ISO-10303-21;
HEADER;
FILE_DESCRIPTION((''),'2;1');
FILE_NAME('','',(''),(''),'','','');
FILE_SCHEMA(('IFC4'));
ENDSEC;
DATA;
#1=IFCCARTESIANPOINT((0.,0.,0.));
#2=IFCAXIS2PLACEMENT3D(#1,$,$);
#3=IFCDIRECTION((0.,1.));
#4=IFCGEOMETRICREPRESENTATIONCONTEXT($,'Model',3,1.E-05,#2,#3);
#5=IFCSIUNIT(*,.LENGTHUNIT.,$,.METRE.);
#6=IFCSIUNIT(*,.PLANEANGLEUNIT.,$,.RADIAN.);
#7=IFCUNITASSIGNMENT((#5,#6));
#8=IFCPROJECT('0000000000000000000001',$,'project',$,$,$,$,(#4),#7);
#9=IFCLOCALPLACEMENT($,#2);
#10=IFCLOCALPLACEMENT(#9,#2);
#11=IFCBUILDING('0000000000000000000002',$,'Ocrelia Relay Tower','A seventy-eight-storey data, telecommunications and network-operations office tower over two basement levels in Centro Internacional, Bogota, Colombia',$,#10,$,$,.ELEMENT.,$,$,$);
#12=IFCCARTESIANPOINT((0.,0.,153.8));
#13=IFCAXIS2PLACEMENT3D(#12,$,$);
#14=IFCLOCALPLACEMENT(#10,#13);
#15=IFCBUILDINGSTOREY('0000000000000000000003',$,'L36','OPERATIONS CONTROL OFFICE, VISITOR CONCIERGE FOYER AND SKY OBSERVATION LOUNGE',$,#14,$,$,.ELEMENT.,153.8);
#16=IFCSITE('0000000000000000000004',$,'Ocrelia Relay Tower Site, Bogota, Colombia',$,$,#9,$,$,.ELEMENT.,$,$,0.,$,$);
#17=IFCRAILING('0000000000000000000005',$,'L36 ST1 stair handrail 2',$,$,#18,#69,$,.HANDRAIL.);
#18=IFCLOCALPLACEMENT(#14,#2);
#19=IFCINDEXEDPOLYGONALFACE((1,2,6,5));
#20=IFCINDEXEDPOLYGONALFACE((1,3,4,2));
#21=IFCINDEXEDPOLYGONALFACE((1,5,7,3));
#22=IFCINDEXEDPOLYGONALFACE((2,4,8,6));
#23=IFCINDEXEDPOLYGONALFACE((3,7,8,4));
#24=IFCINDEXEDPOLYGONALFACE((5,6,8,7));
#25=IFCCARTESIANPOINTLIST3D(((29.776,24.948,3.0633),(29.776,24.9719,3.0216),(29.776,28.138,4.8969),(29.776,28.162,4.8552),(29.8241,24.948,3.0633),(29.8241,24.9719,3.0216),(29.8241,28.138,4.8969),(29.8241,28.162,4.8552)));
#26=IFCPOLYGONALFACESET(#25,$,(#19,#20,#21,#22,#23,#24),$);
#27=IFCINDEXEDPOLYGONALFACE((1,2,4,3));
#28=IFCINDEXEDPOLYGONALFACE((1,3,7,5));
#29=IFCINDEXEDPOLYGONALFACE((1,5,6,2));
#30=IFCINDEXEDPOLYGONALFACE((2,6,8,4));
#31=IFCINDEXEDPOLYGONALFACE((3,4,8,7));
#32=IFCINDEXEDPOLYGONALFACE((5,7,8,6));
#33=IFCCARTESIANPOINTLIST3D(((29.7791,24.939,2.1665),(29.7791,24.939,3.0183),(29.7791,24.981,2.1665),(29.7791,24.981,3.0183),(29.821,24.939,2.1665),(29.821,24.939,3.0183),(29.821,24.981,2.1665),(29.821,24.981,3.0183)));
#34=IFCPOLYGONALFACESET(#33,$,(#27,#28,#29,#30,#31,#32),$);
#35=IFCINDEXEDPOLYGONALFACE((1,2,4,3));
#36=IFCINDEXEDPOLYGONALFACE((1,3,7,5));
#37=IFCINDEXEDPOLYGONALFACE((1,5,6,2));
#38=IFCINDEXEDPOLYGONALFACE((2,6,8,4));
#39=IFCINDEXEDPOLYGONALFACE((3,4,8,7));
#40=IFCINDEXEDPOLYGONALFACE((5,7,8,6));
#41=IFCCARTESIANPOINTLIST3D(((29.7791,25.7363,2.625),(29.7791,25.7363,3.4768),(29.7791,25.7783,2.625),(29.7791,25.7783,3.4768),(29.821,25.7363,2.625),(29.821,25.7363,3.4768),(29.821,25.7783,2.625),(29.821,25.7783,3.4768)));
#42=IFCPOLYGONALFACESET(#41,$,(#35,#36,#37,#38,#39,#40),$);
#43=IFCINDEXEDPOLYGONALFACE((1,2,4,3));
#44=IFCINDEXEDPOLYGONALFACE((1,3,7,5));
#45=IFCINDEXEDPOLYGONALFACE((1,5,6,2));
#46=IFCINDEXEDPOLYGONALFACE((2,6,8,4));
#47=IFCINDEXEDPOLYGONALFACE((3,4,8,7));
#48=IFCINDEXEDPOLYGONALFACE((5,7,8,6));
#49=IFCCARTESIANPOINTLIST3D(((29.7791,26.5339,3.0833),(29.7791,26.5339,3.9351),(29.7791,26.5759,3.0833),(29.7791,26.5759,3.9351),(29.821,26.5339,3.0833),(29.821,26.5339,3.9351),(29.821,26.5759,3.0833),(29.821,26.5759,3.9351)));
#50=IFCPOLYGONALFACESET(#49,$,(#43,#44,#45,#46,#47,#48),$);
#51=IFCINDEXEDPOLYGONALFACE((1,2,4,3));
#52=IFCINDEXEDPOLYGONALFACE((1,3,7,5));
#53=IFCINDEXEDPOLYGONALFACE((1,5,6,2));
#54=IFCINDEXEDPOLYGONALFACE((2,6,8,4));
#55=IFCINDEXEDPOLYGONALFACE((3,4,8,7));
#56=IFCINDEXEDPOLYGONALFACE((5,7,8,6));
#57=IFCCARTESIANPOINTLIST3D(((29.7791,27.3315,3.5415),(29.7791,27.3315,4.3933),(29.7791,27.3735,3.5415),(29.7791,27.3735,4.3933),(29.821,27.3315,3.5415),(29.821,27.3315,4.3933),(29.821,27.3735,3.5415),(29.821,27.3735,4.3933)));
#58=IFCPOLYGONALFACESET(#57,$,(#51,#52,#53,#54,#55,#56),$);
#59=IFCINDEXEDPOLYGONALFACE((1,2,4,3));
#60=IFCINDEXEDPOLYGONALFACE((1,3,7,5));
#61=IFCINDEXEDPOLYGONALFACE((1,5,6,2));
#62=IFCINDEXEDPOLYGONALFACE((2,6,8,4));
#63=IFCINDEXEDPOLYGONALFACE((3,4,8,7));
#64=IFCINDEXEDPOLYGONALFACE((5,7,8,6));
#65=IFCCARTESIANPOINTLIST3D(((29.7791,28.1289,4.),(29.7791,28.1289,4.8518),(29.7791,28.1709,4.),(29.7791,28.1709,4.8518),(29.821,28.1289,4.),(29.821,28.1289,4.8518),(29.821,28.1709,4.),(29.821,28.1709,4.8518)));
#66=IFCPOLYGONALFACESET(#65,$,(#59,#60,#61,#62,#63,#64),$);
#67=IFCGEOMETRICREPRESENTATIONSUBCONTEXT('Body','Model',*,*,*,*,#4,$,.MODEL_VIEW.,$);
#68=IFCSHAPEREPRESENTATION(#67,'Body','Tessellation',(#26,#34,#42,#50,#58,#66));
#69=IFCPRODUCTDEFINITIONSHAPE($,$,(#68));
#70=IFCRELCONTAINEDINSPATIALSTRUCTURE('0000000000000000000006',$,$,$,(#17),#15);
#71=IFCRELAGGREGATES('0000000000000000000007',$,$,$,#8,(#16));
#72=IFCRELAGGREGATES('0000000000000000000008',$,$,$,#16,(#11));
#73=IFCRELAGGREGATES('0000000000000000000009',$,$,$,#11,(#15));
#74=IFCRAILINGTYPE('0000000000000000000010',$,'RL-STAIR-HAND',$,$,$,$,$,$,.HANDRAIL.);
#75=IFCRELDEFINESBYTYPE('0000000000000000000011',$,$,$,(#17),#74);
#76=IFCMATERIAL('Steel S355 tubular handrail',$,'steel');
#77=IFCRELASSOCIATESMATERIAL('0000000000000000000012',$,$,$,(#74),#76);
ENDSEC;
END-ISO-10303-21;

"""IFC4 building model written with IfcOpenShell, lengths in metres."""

from ifc_helpers import new_model, si_unit, direction, frame, origin, origin_2d, place, context, subcontext, project, spatial, rectangle, extrude, material, type_object, element, save


model = new_model("IFC4")

# Units and contexts
model_context = context("Model", 3, precision=1e-05, world=origin(), true_north=direction((0.0, 1.0)))
body_context = subcontext(model_context, "Body", "Model", "MODEL_VIEW")
ifc_project = project(units=[si_unit("LENGTHUNIT", "METRE"), si_unit("PLANEANGLEUNIT", "RADIAN")], contexts=[model_context])

# Site, building, storey
site_placement = place(None, origin())
site = spatial("IfcSite", under=ifc_project, at=site_placement, Name="Ocrelia Relay Tower Site, Bogota, Colombia", CompositionType="ELEMENT", RefElevation=0.0)
building_placement = place(site_placement, origin())
building = spatial("IfcBuilding", under=site, at=building_placement, Name="Ocrelia Relay Tower", Description="A seventy-eight-storey data, telecommunications and network-operations office tower over two basement levels in Centro Internacional, Bogota, Colombia", CompositionType="ELEMENT")
storey_placement = place(building_placement, frame((0.0, 0.0, 153.8)))
storey = spatial("IfcBuildingStorey", under=building, at=storey_placement, Name="L36", Description="OPERATIONS CONTROL OFFICE, VISITOR CONCIERGE FOYER AND SKY OBSERVATION LOUNGE", CompositionType="ELEMENT", Elevation=153.8)

# Railing
ifc_material_1 = material(Name="Steel S355 tubular handrail", Category="steel")
railing_type_1 = type_object("IfcRailingType", Name="RL-STAIR-HAND", PredefinedType="HANDRAIL", material=ifc_material_1)
railing_1_placement = place(storey_placement, frame((29.8, 24.96, 2.1665)))
element("IfcRailing", 1, at=railing_1_placement, inside=storey, type_object=railing_type_1, Name="L36 ST1 stair handrail 2", PredefinedType="HANDRAIL", context=body_context, shape_type="SweptSolid", body=[
    extrude(rectangle(XDim=0.0481, YDim=0.0481, at=origin_2d()), frame((0.0, 0.0, 0.876), z_axis=(0.0, 0.866991, 0.498324), x_axis=(-1.0, 0.0, 0.0)), (0.0, 0.0, 1.0), 3.6794),
    extrude(rectangle(XDim=0.042, YDim=0.042, at=origin_2d()), origin(), (0.0, 0.0, 1.0), 0.8518),
    extrude(rectangle(XDim=0.042, YDim=0.042, at=origin_2d()), frame((0.0, 0.7974, 0.4585)), (0.0, 0.0, 1.0), 0.8518),
    extrude(rectangle(XDim=0.042, YDim=0.042, at=origin_2d()), frame((0.0, 1.595, 0.9167)), (0.0, 0.0, 1.0), 0.8518),
    extrude(rectangle(XDim=0.042, YDim=0.042, at=origin_2d()), frame((0.0, 2.3926, 1.375)), (0.0, 0.0, 1.0), 0.8518),
    extrude(rectangle(XDim=0.042, YDim=0.042, at=origin_2d()), frame((0.0, 3.1899, 1.8335)), (0.0, 0.0, 1.0), 0.8518),
])

save(model, "model.ifc")
